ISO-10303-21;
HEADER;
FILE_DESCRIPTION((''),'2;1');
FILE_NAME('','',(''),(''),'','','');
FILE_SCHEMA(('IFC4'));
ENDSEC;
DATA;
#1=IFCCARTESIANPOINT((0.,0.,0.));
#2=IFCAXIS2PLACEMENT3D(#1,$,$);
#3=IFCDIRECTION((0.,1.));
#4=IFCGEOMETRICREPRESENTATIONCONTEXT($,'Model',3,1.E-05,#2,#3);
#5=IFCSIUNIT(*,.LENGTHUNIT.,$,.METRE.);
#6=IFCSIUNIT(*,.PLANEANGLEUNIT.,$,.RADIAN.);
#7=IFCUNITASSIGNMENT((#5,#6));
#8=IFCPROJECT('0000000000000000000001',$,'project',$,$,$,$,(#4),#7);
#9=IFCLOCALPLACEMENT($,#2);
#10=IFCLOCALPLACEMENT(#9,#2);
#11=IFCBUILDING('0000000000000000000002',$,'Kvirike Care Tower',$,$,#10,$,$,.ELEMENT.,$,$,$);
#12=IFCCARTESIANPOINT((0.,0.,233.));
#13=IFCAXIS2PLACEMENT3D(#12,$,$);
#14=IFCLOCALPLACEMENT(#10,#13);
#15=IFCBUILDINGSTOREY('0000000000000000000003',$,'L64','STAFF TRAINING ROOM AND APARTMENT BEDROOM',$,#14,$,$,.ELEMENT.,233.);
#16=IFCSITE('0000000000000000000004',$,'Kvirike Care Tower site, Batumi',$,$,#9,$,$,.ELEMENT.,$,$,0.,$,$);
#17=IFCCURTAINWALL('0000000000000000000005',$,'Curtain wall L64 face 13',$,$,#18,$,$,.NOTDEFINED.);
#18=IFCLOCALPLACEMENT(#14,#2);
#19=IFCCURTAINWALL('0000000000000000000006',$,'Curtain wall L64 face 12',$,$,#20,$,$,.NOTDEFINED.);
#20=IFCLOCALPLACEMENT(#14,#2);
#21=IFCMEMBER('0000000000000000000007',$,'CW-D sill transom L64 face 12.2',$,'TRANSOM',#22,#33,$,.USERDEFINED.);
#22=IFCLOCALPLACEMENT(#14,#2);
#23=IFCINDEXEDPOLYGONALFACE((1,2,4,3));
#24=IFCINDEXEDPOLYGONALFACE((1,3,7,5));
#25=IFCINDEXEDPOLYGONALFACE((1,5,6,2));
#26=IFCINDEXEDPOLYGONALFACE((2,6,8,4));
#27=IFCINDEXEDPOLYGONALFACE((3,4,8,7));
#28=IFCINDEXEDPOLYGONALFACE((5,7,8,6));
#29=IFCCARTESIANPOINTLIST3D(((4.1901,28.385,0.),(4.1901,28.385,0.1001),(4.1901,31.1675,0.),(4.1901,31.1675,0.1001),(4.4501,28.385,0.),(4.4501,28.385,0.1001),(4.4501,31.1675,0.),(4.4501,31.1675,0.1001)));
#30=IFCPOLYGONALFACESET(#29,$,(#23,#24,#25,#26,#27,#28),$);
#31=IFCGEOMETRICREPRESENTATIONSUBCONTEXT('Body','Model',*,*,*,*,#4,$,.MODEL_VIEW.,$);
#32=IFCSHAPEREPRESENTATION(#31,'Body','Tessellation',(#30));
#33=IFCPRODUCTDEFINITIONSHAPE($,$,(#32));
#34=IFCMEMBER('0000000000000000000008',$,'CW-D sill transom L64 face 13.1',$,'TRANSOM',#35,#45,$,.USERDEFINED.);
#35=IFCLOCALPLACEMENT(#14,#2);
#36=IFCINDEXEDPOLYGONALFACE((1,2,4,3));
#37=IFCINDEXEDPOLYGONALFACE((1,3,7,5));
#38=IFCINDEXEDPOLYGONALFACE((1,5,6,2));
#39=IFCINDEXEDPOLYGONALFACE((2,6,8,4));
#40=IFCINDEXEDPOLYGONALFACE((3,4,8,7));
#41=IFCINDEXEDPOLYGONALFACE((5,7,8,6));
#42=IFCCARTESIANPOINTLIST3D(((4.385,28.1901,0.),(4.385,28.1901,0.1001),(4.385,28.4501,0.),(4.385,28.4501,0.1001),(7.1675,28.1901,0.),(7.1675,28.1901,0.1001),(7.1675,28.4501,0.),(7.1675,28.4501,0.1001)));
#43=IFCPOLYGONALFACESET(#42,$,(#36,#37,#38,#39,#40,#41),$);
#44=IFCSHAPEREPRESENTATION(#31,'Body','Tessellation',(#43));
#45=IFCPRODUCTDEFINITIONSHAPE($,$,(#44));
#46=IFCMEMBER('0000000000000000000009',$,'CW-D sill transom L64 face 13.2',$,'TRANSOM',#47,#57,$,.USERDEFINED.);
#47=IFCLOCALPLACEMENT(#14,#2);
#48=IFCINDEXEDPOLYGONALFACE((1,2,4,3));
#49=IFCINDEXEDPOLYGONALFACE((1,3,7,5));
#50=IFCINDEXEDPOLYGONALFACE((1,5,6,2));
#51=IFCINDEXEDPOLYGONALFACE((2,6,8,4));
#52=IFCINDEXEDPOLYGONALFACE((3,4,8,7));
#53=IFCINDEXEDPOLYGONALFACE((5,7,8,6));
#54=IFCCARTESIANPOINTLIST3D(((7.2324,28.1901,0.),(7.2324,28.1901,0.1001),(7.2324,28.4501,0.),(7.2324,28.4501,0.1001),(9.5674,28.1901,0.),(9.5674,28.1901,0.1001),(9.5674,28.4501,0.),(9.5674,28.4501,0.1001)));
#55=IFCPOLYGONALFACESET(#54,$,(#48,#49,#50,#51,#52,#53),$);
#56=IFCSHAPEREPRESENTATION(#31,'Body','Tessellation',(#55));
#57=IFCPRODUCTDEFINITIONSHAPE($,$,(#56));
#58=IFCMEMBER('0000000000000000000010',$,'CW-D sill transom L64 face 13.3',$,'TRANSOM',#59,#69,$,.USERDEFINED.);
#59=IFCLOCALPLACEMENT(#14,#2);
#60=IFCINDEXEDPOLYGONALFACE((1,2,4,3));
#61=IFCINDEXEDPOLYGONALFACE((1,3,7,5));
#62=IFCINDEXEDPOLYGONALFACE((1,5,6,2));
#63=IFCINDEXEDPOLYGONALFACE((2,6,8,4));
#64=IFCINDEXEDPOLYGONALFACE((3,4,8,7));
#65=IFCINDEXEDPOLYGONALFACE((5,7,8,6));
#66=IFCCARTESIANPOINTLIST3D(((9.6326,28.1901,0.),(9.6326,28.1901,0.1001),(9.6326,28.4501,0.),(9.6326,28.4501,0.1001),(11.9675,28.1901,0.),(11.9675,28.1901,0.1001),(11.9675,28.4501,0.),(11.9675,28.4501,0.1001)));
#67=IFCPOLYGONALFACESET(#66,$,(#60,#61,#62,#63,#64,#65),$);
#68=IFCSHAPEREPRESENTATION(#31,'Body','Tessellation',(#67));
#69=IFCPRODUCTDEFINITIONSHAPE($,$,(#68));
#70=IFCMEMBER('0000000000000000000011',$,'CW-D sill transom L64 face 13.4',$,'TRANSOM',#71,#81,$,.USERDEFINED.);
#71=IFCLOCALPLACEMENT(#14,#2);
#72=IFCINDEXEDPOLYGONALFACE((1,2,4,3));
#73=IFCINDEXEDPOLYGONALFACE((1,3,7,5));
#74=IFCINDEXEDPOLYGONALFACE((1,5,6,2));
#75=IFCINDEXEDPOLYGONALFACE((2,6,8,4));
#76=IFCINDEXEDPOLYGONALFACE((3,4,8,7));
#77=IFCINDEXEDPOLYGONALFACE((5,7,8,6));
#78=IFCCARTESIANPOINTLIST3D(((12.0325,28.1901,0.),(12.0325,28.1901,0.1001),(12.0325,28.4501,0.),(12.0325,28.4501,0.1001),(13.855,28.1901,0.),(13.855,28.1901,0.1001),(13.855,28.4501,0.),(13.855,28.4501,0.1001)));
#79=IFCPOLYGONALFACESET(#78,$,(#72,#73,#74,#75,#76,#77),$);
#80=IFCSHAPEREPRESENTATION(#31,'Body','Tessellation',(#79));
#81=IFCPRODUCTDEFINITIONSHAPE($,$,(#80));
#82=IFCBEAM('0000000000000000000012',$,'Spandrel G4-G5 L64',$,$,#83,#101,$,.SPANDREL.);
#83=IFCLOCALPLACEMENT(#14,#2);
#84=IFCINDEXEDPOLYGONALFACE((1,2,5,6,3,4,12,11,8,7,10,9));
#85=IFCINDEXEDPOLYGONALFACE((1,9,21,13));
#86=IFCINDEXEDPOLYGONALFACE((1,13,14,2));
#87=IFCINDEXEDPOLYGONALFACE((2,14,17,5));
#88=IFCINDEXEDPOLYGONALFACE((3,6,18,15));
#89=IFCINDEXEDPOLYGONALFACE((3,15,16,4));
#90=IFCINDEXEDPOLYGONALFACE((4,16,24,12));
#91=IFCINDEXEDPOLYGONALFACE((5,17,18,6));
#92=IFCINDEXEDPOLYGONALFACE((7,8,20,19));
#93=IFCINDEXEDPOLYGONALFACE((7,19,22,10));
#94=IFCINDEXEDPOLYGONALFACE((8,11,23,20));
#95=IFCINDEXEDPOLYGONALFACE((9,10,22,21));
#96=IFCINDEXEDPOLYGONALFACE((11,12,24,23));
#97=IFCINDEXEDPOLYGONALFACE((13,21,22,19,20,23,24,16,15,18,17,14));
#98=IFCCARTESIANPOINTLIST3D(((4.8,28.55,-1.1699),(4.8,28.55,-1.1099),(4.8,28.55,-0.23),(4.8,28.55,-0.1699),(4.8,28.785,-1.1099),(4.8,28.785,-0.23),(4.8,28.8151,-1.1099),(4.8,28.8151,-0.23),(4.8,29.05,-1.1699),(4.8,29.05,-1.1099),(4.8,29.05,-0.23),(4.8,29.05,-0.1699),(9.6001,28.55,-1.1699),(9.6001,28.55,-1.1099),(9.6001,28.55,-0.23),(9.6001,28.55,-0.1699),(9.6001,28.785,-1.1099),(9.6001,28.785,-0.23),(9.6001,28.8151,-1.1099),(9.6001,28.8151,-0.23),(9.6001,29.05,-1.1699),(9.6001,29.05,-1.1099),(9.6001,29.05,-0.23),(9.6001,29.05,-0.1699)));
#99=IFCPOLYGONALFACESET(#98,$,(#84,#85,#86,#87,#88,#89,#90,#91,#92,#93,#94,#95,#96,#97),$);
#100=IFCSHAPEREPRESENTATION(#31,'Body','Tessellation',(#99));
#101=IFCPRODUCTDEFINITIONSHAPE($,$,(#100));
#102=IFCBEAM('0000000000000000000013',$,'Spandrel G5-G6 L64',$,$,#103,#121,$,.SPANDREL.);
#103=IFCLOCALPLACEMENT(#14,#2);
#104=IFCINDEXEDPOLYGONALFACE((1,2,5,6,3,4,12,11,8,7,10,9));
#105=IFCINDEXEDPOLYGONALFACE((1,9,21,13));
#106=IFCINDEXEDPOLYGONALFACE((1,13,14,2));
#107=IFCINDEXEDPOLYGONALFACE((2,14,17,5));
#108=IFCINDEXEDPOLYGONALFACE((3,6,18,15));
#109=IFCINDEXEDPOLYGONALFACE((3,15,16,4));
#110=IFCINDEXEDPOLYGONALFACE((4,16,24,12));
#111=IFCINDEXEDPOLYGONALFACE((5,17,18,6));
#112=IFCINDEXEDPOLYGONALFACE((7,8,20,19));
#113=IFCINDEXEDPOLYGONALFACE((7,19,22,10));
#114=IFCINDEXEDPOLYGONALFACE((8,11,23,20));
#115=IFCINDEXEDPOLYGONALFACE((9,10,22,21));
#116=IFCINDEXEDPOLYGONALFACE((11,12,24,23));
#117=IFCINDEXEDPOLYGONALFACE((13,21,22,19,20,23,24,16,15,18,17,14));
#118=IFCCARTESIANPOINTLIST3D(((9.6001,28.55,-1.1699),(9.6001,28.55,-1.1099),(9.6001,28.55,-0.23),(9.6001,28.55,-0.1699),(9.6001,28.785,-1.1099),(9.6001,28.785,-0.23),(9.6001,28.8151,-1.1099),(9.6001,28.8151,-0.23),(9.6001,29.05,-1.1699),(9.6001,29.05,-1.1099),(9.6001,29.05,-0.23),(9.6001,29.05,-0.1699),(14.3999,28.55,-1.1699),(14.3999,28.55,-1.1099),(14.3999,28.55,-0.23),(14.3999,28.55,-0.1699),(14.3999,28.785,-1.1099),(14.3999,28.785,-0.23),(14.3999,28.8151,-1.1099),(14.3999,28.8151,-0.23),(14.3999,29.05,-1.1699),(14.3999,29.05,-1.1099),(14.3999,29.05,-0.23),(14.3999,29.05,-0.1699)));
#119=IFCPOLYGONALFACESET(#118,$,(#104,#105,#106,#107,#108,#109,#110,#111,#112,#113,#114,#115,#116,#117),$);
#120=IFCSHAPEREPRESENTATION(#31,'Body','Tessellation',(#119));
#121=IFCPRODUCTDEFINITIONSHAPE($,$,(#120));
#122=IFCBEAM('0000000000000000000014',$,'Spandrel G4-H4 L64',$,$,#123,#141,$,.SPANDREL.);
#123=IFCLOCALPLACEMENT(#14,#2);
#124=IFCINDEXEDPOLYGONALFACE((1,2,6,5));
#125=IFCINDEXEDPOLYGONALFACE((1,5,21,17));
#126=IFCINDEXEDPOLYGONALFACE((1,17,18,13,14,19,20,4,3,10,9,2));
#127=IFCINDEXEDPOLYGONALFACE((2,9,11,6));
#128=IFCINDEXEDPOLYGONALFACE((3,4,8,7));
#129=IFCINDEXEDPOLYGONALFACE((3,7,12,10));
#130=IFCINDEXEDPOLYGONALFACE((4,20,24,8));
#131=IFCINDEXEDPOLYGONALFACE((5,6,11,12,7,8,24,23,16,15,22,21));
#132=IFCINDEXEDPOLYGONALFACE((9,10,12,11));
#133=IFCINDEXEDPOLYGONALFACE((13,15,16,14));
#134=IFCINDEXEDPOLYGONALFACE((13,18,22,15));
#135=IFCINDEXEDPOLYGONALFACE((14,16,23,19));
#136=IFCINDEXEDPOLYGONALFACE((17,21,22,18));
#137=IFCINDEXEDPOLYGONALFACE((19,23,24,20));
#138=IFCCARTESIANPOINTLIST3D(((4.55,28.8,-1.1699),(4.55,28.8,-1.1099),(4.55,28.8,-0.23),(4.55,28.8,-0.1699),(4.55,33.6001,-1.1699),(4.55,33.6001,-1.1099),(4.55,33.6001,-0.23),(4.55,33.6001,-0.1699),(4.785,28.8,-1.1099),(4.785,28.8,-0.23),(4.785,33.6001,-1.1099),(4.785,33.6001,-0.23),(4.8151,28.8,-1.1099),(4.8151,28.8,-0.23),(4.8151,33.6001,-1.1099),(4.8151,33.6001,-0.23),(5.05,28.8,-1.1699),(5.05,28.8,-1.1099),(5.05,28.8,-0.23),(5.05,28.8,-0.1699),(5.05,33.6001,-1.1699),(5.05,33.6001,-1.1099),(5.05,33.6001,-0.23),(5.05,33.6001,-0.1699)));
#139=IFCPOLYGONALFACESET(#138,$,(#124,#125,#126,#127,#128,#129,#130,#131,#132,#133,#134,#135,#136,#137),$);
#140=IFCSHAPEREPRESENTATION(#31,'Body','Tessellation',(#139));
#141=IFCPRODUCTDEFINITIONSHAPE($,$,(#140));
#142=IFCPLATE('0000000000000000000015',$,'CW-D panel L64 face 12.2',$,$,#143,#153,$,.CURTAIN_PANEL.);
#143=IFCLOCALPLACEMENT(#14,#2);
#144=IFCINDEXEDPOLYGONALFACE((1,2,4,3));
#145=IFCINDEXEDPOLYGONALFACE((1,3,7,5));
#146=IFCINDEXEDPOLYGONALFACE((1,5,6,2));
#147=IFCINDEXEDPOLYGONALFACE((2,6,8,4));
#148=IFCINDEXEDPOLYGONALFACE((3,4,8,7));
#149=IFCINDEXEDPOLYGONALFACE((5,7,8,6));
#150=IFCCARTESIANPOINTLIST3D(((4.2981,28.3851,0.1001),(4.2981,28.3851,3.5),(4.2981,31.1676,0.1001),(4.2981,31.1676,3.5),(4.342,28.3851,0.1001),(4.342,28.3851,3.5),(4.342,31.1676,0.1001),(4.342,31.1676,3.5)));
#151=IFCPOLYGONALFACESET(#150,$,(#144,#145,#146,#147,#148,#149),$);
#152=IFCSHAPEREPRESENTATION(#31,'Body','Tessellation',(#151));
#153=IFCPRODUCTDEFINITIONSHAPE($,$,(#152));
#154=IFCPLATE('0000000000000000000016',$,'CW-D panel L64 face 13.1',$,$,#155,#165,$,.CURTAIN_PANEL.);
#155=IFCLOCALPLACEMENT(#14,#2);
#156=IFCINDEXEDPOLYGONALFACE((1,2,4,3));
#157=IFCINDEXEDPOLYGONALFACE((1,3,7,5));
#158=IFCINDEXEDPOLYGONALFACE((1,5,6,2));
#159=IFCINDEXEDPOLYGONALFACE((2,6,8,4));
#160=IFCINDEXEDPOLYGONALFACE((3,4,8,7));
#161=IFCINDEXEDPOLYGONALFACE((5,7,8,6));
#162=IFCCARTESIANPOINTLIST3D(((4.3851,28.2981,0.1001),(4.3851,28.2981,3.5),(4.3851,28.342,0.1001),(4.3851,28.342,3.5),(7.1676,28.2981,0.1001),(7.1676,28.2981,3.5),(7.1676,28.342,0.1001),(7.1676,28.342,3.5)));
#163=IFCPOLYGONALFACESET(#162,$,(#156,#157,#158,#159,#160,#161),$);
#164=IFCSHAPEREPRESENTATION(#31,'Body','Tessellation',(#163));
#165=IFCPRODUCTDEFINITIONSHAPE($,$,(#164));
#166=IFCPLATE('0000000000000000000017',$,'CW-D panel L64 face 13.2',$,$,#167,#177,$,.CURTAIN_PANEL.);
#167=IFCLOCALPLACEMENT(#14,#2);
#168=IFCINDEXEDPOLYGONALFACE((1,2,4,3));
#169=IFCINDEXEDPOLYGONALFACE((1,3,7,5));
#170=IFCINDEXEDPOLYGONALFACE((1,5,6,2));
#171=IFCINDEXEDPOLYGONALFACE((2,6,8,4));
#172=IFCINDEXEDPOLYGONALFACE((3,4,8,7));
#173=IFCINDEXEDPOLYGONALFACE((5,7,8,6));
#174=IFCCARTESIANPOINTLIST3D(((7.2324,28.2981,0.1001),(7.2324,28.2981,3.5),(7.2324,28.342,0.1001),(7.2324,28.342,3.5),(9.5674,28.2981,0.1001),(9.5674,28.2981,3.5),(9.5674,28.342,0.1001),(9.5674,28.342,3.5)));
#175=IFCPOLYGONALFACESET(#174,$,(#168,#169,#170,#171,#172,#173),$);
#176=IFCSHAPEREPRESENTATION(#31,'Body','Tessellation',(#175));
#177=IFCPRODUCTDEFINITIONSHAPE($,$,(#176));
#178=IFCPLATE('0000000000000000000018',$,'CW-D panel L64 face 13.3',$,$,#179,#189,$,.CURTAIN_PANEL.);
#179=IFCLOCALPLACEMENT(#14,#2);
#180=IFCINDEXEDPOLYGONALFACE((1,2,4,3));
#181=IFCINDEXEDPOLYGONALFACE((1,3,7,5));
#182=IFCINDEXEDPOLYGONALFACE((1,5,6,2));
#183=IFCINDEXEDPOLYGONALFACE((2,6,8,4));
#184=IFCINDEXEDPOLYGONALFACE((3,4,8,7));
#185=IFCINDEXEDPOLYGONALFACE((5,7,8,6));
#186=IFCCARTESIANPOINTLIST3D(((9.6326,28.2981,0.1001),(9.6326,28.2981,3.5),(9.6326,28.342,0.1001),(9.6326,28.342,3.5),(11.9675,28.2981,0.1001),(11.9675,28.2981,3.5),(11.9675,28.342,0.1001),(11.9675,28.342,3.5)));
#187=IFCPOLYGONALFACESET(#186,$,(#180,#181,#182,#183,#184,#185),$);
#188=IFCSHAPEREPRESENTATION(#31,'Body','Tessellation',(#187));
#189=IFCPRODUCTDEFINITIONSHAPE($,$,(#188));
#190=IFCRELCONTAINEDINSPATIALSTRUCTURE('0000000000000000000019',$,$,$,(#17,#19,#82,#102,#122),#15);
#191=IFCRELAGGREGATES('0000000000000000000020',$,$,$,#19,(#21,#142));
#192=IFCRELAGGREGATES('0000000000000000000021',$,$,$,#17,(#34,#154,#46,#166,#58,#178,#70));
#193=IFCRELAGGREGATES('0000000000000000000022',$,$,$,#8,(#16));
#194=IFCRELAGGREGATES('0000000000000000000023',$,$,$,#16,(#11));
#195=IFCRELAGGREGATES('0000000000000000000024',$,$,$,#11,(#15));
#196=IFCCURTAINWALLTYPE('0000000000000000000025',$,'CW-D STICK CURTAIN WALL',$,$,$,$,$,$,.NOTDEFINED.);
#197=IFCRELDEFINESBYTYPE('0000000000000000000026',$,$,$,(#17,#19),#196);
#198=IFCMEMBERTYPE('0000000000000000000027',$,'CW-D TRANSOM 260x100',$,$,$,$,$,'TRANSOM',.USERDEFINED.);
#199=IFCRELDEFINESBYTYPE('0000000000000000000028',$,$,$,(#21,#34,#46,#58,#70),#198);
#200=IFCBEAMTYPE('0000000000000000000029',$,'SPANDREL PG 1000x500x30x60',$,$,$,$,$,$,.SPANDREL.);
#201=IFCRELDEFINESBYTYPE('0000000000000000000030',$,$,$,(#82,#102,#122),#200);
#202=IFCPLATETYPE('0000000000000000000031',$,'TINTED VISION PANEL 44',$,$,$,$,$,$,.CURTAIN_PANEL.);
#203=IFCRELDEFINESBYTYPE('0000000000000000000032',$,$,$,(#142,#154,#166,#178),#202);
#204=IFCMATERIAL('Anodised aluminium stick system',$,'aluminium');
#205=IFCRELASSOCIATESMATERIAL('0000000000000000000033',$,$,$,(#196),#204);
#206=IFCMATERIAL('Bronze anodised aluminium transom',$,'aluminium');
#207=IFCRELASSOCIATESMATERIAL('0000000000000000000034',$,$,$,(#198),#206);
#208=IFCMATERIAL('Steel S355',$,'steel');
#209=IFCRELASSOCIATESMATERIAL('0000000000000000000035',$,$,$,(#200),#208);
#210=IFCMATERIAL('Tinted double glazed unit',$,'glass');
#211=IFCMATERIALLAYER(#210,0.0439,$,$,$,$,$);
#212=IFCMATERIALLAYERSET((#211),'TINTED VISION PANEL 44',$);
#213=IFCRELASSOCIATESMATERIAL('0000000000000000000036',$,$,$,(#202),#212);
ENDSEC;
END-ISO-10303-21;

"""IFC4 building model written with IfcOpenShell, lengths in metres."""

from ifc_helpers import new_model, si_unit, direction, frame, origin, origin_2d, place, context, subcontext, project, spatial, rectangle, i_section, extrude, material, layer, layer_set, material_profile, profile_set, type_object, element, aggregate, save


model = new_model("IFC4")

# Units and contexts
model_context = context("Model", 3, precision=1e-05, world=origin(), true_north=direction((0.0, 1.0)))
body_context = subcontext(model_context, "Body", "Model", "MODEL_VIEW")
ifc_project = project(units=[si_unit("LENGTHUNIT", "METRE"), si_unit("PLANEANGLEUNIT", "RADIAN")], contexts=[model_context])

# Site, building, storey
site_placement = place(None, origin())
site = spatial("IfcSite", under=ifc_project, at=site_placement, Name="Kvirike Care Tower site, Batumi", CompositionType="ELEMENT", RefElevation=0.0)
building_placement = place(site_placement, origin())
building = spatial("IfcBuilding", under=site, at=building_placement, Name="Kvirike Care Tower", CompositionType="ELEMENT")
storey_placement = place(building_placement, frame((0.0, 0.0, 233.0)))
storey = spatial("IfcBuildingStorey", under=building, at=storey_placement, Name="L64", Description="STAFF TRAINING ROOM AND APARTMENT BEDROOM", CompositionType="ELEMENT", Elevation=233.0)

# Curtain wall
ifc_material_1 = material(Name="Anodised aluminium stick system", Category="aluminium")
curtain_wall_type = type_object("IfcCurtainWallType", Name="CW-D STICK CURTAIN WALL", PredefinedType="NOTDEFINED", material=ifc_material_1)
curtain_wall_1_placement = place(storey_placement, origin())
curtain_wall_1 = element("IfcCurtainWall", 1, at=curtain_wall_1_placement, inside=storey, type_object=curtain_wall_type, Name="Curtain wall L64 face 13", PredefinedType="NOTDEFINED")

# Curtain wall
curtain_wall_2_placement = place(storey_placement, origin())
curtain_wall_2 = element("IfcCurtainWall", 2, at=curtain_wall_2_placement, inside=storey, type_object=curtain_wall_type, Name="Curtain wall L64 face 12", PredefinedType="NOTDEFINED")

# Members
ifc_material_2 = material(Name="Bronze anodised aluminium transom", Category="aluminium")
ifc_material_profile_1 = material_profile(ifc_material_2, rectangle(XDim=0.26, YDim=0.1001, at=origin_2d()), Name="CW-D TRANSOM 260x100")
ifc_profile_set_1 = profile_set([ifc_material_profile_1], Name="Bronze anodised aluminium transom")
member_type_1 = type_object("IfcMemberType", Name="CW-D TRANSOM 260x100", ElementType="TRANSOM", PredefinedType="USERDEFINED", material=ifc_profile_set_1)
member_1_placement = place(storey_placement, frame((4.3201, 31.1675, 0.05), z_axis=(0.0, -1.0, 0.0), x_axis=(1.0, 0.0, 0.0)))
member_1 = element("IfcMember", 3, at=member_1_placement, type_object=member_type_1, Name="CW-D sill transom L64 face 12.2", ObjectType="TRANSOM", PredefinedType="USERDEFINED", context=body_context, shape_type="SweptSolid", body=[
    extrude(rectangle(XDim=0.26, YDim=0.1001, at=origin_2d()), origin(), (0.0, 0.0, 1.0), 2.7825),
])
member_2_placement = place(storey_placement, frame((4.385, 28.3201, 0.05), z_axis=(1.0, 0.0, 0.0), x_axis=(0.0, 1.0, 0.0)))
member_2 = element("IfcMember", 4, at=member_2_placement, type_object=member_type_1, Name="CW-D sill transom L64 face 13.1", ObjectType="TRANSOM", PredefinedType="USERDEFINED", context=body_context, shape_type="SweptSolid", body=[
    extrude(rectangle(XDim=0.26, YDim=0.1001, at=origin_2d()), origin(), (0.0, 0.0, 1.0), 2.7825),
])
member_3_placement = place(storey_placement, frame((7.2324, 28.3201, 0.05), z_axis=(1.0, 0.0, 0.0), x_axis=(0.0, 1.0, 0.0)))
member_3 = element("IfcMember", 5, at=member_3_placement, type_object=member_type_1, Name="CW-D sill transom L64 face 13.2", ObjectType="TRANSOM", PredefinedType="USERDEFINED", context=body_context, shape_type="SweptSolid", body=[
    extrude(rectangle(XDim=0.26, YDim=0.1001, at=origin_2d()), origin(), (0.0, 0.0, 1.0), 2.335),
])
member_4_placement = place(storey_placement, frame((9.6326, 28.3201, 0.05), z_axis=(1.0, 0.0, 0.0), x_axis=(0.0, 1.0, 0.0)))
member_4 = element("IfcMember", 6, at=member_4_placement, type_object=member_type_1, Name="CW-D sill transom L64 face 13.3", ObjectType="TRANSOM", PredefinedType="USERDEFINED", context=body_context, shape_type="SweptSolid", body=[
    extrude(rectangle(XDim=0.26, YDim=0.1001, at=origin_2d()), origin(), (0.0, 0.0, 1.0), 2.335),
])
member_5_placement = place(storey_placement, frame((12.0325, 28.3201, 0.05), z_axis=(1.0, 0.0, 0.0), x_axis=(0.0, 1.0, 0.0)))
member_5 = element("IfcMember", 7, at=member_5_placement, type_object=member_type_1, Name="CW-D sill transom L64 face 13.4", ObjectType="TRANSOM", PredefinedType="USERDEFINED", context=body_context, shape_type="SweptSolid", body=[
    extrude(rectangle(XDim=0.26, YDim=0.1001, at=origin_2d()), origin(), (0.0, 0.0, 1.0), 1.8225),
])

# Beams
ifc_material_3 = material(Name="Steel S355", Category="steel")
ifc_material_profile_2 = material_profile(ifc_material_3, i_section(OverallWidth=0.5, OverallDepth=1.0, WebThickness=0.03, FlangeThickness=0.0601, at=origin_2d()), Name="PG 1000x500x30x60")
ifc_profile_set_2 = profile_set([ifc_material_profile_2], Name="Steel S355")
beam_type = type_object("IfcBeamType", Name="SPANDREL PG 1000x500x30x60", PredefinedType="SPANDREL", material=ifc_profile_set_2)
beam_1_placement = place(storey_placement, frame((4.8, 28.8, -0.6699), z_axis=(1.0, 0.0, 0.0), x_axis=(0.0, 1.0, 0.0)))
element("IfcBeam", 8, at=beam_1_placement, inside=storey, type_object=beam_type, Name="Spandrel G4-G5 L64", PredefinedType="SPANDREL", context=body_context, shape_type="SweptSolid", body=[
    extrude(i_section(OverallWidth=0.5, OverallDepth=1.0, WebThickness=0.03, FlangeThickness=0.0601, at=origin_2d()), origin(), (0.0, 0.0, 1.0), 4.8),
])
beam_2_placement = place(storey_placement, frame((9.6001, 28.8, -0.6699), z_axis=(1.0, 0.0, 0.0), x_axis=(0.0, 1.0, 0.0)))
element("IfcBeam", 9, at=beam_2_placement, inside=storey, type_object=beam_type, Name="Spandrel G5-G6 L64", PredefinedType="SPANDREL", context=body_context, shape_type="SweptSolid", body=[
    extrude(i_section(OverallWidth=0.5, OverallDepth=1.0, WebThickness=0.03, FlangeThickness=0.0601, at=origin_2d()), origin(), (0.0, 0.0, 1.0), 4.7998),
])
beam_3_placement = place(storey_placement, frame((4.8, 28.8, -0.6699), z_axis=(0.0, 1.0, 0.0), x_axis=(-1.0, 0.0, 0.0)))
element("IfcBeam", 10, at=beam_3_placement, inside=storey, type_object=beam_type, Name="Spandrel G4-H4 L64", PredefinedType="SPANDREL", context=body_context, shape_type="SweptSolid", body=[
    extrude(i_section(OverallWidth=0.5, OverallDepth=1.0, WebThickness=0.03, FlangeThickness=0.0601, at=origin_2d()), origin(), (0.0, 0.0, 1.0), 4.8),
])

# Plates
ifc_material_4 = material(Name="Tinted double glazed unit", Category="glass")
ifc_layer_1 = layer(ifc_material_4, 0.0439)
ifc_layer_set_1 = layer_set([ifc_layer_1], Name="TINTED VISION PANEL 44")
plate_type = type_object("IfcPlateType", Name="TINTED VISION PANEL 44", PredefinedType="CURTAIN_PANEL", material=ifc_layer_set_1)
plate_1_placement = place(storey_placement, frame((4.3201, 29.7764, 0.1001), z_axis=(0.0, 0.0, 1.0), x_axis=(0.0, -1.0, 0.0)))
plate_1 = element("IfcPlate", 11, at=plate_1_placement, type_object=plate_type, Name="CW-D panel L64 face 12.2", PredefinedType="CURTAIN_PANEL", context=body_context, shape_type="SweptSolid", body=[
    extrude(rectangle(XDim=2.7825, YDim=0.0439, at=origin_2d()), origin(), (0.0, 0.0, 1.0), 3.3999),
])
aggregate(curtain_wall_2, [member_1, plate_1])
plate_2_placement = place(storey_placement, frame((5.7764, 28.3201, 0.1001), z_axis=(0.0, 0.0, 1.0), x_axis=(1.0, 0.0, 0.0)))
plate_2 = element("IfcPlate", 12, at=plate_2_placement, type_object=plate_type, Name="CW-D panel L64 face 13.1", PredefinedType="CURTAIN_PANEL", context=body_context, shape_type="SweptSolid", body=[
    extrude(rectangle(XDim=2.7825, YDim=0.0439, at=origin_2d()), origin(), (0.0, 0.0, 1.0), 3.3999),
])
plate_3_placement = place(storey_placement, frame((8.3999, 28.3201, 0.1001), z_axis=(0.0, 0.0, 1.0), x_axis=(1.0, 0.0, 0.0)))
plate_3 = element("IfcPlate", 13, at=plate_3_placement, type_object=plate_type, Name="CW-D panel L64 face 13.2", PredefinedType="CURTAIN_PANEL", context=body_context, shape_type="SweptSolid", body=[
    extrude(rectangle(XDim=2.335, YDim=0.0439, at=origin_2d()), origin(), (0.0, 0.0, 1.0), 3.3999),
])
plate_4_placement = place(storey_placement, frame((10.8, 28.3201, 0.1001), z_axis=(0.0, 0.0, 1.0), x_axis=(1.0, 0.0, 0.0)))
plate_4 = element("IfcPlate", 14, at=plate_4_placement, type_object=plate_type, Name="CW-D panel L64 face 13.3", PredefinedType="CURTAIN_PANEL", context=body_context, shape_type="SweptSolid", body=[
    extrude(rectangle(XDim=2.335, YDim=0.0439, at=origin_2d()), origin(), (0.0, 0.0, 1.0), 3.3999),
])
aggregate(curtain_wall_1, [member_2, plate_2, member_3, plate_3, member_4, plate_4, member_5])

save(model, "model.ifc")
